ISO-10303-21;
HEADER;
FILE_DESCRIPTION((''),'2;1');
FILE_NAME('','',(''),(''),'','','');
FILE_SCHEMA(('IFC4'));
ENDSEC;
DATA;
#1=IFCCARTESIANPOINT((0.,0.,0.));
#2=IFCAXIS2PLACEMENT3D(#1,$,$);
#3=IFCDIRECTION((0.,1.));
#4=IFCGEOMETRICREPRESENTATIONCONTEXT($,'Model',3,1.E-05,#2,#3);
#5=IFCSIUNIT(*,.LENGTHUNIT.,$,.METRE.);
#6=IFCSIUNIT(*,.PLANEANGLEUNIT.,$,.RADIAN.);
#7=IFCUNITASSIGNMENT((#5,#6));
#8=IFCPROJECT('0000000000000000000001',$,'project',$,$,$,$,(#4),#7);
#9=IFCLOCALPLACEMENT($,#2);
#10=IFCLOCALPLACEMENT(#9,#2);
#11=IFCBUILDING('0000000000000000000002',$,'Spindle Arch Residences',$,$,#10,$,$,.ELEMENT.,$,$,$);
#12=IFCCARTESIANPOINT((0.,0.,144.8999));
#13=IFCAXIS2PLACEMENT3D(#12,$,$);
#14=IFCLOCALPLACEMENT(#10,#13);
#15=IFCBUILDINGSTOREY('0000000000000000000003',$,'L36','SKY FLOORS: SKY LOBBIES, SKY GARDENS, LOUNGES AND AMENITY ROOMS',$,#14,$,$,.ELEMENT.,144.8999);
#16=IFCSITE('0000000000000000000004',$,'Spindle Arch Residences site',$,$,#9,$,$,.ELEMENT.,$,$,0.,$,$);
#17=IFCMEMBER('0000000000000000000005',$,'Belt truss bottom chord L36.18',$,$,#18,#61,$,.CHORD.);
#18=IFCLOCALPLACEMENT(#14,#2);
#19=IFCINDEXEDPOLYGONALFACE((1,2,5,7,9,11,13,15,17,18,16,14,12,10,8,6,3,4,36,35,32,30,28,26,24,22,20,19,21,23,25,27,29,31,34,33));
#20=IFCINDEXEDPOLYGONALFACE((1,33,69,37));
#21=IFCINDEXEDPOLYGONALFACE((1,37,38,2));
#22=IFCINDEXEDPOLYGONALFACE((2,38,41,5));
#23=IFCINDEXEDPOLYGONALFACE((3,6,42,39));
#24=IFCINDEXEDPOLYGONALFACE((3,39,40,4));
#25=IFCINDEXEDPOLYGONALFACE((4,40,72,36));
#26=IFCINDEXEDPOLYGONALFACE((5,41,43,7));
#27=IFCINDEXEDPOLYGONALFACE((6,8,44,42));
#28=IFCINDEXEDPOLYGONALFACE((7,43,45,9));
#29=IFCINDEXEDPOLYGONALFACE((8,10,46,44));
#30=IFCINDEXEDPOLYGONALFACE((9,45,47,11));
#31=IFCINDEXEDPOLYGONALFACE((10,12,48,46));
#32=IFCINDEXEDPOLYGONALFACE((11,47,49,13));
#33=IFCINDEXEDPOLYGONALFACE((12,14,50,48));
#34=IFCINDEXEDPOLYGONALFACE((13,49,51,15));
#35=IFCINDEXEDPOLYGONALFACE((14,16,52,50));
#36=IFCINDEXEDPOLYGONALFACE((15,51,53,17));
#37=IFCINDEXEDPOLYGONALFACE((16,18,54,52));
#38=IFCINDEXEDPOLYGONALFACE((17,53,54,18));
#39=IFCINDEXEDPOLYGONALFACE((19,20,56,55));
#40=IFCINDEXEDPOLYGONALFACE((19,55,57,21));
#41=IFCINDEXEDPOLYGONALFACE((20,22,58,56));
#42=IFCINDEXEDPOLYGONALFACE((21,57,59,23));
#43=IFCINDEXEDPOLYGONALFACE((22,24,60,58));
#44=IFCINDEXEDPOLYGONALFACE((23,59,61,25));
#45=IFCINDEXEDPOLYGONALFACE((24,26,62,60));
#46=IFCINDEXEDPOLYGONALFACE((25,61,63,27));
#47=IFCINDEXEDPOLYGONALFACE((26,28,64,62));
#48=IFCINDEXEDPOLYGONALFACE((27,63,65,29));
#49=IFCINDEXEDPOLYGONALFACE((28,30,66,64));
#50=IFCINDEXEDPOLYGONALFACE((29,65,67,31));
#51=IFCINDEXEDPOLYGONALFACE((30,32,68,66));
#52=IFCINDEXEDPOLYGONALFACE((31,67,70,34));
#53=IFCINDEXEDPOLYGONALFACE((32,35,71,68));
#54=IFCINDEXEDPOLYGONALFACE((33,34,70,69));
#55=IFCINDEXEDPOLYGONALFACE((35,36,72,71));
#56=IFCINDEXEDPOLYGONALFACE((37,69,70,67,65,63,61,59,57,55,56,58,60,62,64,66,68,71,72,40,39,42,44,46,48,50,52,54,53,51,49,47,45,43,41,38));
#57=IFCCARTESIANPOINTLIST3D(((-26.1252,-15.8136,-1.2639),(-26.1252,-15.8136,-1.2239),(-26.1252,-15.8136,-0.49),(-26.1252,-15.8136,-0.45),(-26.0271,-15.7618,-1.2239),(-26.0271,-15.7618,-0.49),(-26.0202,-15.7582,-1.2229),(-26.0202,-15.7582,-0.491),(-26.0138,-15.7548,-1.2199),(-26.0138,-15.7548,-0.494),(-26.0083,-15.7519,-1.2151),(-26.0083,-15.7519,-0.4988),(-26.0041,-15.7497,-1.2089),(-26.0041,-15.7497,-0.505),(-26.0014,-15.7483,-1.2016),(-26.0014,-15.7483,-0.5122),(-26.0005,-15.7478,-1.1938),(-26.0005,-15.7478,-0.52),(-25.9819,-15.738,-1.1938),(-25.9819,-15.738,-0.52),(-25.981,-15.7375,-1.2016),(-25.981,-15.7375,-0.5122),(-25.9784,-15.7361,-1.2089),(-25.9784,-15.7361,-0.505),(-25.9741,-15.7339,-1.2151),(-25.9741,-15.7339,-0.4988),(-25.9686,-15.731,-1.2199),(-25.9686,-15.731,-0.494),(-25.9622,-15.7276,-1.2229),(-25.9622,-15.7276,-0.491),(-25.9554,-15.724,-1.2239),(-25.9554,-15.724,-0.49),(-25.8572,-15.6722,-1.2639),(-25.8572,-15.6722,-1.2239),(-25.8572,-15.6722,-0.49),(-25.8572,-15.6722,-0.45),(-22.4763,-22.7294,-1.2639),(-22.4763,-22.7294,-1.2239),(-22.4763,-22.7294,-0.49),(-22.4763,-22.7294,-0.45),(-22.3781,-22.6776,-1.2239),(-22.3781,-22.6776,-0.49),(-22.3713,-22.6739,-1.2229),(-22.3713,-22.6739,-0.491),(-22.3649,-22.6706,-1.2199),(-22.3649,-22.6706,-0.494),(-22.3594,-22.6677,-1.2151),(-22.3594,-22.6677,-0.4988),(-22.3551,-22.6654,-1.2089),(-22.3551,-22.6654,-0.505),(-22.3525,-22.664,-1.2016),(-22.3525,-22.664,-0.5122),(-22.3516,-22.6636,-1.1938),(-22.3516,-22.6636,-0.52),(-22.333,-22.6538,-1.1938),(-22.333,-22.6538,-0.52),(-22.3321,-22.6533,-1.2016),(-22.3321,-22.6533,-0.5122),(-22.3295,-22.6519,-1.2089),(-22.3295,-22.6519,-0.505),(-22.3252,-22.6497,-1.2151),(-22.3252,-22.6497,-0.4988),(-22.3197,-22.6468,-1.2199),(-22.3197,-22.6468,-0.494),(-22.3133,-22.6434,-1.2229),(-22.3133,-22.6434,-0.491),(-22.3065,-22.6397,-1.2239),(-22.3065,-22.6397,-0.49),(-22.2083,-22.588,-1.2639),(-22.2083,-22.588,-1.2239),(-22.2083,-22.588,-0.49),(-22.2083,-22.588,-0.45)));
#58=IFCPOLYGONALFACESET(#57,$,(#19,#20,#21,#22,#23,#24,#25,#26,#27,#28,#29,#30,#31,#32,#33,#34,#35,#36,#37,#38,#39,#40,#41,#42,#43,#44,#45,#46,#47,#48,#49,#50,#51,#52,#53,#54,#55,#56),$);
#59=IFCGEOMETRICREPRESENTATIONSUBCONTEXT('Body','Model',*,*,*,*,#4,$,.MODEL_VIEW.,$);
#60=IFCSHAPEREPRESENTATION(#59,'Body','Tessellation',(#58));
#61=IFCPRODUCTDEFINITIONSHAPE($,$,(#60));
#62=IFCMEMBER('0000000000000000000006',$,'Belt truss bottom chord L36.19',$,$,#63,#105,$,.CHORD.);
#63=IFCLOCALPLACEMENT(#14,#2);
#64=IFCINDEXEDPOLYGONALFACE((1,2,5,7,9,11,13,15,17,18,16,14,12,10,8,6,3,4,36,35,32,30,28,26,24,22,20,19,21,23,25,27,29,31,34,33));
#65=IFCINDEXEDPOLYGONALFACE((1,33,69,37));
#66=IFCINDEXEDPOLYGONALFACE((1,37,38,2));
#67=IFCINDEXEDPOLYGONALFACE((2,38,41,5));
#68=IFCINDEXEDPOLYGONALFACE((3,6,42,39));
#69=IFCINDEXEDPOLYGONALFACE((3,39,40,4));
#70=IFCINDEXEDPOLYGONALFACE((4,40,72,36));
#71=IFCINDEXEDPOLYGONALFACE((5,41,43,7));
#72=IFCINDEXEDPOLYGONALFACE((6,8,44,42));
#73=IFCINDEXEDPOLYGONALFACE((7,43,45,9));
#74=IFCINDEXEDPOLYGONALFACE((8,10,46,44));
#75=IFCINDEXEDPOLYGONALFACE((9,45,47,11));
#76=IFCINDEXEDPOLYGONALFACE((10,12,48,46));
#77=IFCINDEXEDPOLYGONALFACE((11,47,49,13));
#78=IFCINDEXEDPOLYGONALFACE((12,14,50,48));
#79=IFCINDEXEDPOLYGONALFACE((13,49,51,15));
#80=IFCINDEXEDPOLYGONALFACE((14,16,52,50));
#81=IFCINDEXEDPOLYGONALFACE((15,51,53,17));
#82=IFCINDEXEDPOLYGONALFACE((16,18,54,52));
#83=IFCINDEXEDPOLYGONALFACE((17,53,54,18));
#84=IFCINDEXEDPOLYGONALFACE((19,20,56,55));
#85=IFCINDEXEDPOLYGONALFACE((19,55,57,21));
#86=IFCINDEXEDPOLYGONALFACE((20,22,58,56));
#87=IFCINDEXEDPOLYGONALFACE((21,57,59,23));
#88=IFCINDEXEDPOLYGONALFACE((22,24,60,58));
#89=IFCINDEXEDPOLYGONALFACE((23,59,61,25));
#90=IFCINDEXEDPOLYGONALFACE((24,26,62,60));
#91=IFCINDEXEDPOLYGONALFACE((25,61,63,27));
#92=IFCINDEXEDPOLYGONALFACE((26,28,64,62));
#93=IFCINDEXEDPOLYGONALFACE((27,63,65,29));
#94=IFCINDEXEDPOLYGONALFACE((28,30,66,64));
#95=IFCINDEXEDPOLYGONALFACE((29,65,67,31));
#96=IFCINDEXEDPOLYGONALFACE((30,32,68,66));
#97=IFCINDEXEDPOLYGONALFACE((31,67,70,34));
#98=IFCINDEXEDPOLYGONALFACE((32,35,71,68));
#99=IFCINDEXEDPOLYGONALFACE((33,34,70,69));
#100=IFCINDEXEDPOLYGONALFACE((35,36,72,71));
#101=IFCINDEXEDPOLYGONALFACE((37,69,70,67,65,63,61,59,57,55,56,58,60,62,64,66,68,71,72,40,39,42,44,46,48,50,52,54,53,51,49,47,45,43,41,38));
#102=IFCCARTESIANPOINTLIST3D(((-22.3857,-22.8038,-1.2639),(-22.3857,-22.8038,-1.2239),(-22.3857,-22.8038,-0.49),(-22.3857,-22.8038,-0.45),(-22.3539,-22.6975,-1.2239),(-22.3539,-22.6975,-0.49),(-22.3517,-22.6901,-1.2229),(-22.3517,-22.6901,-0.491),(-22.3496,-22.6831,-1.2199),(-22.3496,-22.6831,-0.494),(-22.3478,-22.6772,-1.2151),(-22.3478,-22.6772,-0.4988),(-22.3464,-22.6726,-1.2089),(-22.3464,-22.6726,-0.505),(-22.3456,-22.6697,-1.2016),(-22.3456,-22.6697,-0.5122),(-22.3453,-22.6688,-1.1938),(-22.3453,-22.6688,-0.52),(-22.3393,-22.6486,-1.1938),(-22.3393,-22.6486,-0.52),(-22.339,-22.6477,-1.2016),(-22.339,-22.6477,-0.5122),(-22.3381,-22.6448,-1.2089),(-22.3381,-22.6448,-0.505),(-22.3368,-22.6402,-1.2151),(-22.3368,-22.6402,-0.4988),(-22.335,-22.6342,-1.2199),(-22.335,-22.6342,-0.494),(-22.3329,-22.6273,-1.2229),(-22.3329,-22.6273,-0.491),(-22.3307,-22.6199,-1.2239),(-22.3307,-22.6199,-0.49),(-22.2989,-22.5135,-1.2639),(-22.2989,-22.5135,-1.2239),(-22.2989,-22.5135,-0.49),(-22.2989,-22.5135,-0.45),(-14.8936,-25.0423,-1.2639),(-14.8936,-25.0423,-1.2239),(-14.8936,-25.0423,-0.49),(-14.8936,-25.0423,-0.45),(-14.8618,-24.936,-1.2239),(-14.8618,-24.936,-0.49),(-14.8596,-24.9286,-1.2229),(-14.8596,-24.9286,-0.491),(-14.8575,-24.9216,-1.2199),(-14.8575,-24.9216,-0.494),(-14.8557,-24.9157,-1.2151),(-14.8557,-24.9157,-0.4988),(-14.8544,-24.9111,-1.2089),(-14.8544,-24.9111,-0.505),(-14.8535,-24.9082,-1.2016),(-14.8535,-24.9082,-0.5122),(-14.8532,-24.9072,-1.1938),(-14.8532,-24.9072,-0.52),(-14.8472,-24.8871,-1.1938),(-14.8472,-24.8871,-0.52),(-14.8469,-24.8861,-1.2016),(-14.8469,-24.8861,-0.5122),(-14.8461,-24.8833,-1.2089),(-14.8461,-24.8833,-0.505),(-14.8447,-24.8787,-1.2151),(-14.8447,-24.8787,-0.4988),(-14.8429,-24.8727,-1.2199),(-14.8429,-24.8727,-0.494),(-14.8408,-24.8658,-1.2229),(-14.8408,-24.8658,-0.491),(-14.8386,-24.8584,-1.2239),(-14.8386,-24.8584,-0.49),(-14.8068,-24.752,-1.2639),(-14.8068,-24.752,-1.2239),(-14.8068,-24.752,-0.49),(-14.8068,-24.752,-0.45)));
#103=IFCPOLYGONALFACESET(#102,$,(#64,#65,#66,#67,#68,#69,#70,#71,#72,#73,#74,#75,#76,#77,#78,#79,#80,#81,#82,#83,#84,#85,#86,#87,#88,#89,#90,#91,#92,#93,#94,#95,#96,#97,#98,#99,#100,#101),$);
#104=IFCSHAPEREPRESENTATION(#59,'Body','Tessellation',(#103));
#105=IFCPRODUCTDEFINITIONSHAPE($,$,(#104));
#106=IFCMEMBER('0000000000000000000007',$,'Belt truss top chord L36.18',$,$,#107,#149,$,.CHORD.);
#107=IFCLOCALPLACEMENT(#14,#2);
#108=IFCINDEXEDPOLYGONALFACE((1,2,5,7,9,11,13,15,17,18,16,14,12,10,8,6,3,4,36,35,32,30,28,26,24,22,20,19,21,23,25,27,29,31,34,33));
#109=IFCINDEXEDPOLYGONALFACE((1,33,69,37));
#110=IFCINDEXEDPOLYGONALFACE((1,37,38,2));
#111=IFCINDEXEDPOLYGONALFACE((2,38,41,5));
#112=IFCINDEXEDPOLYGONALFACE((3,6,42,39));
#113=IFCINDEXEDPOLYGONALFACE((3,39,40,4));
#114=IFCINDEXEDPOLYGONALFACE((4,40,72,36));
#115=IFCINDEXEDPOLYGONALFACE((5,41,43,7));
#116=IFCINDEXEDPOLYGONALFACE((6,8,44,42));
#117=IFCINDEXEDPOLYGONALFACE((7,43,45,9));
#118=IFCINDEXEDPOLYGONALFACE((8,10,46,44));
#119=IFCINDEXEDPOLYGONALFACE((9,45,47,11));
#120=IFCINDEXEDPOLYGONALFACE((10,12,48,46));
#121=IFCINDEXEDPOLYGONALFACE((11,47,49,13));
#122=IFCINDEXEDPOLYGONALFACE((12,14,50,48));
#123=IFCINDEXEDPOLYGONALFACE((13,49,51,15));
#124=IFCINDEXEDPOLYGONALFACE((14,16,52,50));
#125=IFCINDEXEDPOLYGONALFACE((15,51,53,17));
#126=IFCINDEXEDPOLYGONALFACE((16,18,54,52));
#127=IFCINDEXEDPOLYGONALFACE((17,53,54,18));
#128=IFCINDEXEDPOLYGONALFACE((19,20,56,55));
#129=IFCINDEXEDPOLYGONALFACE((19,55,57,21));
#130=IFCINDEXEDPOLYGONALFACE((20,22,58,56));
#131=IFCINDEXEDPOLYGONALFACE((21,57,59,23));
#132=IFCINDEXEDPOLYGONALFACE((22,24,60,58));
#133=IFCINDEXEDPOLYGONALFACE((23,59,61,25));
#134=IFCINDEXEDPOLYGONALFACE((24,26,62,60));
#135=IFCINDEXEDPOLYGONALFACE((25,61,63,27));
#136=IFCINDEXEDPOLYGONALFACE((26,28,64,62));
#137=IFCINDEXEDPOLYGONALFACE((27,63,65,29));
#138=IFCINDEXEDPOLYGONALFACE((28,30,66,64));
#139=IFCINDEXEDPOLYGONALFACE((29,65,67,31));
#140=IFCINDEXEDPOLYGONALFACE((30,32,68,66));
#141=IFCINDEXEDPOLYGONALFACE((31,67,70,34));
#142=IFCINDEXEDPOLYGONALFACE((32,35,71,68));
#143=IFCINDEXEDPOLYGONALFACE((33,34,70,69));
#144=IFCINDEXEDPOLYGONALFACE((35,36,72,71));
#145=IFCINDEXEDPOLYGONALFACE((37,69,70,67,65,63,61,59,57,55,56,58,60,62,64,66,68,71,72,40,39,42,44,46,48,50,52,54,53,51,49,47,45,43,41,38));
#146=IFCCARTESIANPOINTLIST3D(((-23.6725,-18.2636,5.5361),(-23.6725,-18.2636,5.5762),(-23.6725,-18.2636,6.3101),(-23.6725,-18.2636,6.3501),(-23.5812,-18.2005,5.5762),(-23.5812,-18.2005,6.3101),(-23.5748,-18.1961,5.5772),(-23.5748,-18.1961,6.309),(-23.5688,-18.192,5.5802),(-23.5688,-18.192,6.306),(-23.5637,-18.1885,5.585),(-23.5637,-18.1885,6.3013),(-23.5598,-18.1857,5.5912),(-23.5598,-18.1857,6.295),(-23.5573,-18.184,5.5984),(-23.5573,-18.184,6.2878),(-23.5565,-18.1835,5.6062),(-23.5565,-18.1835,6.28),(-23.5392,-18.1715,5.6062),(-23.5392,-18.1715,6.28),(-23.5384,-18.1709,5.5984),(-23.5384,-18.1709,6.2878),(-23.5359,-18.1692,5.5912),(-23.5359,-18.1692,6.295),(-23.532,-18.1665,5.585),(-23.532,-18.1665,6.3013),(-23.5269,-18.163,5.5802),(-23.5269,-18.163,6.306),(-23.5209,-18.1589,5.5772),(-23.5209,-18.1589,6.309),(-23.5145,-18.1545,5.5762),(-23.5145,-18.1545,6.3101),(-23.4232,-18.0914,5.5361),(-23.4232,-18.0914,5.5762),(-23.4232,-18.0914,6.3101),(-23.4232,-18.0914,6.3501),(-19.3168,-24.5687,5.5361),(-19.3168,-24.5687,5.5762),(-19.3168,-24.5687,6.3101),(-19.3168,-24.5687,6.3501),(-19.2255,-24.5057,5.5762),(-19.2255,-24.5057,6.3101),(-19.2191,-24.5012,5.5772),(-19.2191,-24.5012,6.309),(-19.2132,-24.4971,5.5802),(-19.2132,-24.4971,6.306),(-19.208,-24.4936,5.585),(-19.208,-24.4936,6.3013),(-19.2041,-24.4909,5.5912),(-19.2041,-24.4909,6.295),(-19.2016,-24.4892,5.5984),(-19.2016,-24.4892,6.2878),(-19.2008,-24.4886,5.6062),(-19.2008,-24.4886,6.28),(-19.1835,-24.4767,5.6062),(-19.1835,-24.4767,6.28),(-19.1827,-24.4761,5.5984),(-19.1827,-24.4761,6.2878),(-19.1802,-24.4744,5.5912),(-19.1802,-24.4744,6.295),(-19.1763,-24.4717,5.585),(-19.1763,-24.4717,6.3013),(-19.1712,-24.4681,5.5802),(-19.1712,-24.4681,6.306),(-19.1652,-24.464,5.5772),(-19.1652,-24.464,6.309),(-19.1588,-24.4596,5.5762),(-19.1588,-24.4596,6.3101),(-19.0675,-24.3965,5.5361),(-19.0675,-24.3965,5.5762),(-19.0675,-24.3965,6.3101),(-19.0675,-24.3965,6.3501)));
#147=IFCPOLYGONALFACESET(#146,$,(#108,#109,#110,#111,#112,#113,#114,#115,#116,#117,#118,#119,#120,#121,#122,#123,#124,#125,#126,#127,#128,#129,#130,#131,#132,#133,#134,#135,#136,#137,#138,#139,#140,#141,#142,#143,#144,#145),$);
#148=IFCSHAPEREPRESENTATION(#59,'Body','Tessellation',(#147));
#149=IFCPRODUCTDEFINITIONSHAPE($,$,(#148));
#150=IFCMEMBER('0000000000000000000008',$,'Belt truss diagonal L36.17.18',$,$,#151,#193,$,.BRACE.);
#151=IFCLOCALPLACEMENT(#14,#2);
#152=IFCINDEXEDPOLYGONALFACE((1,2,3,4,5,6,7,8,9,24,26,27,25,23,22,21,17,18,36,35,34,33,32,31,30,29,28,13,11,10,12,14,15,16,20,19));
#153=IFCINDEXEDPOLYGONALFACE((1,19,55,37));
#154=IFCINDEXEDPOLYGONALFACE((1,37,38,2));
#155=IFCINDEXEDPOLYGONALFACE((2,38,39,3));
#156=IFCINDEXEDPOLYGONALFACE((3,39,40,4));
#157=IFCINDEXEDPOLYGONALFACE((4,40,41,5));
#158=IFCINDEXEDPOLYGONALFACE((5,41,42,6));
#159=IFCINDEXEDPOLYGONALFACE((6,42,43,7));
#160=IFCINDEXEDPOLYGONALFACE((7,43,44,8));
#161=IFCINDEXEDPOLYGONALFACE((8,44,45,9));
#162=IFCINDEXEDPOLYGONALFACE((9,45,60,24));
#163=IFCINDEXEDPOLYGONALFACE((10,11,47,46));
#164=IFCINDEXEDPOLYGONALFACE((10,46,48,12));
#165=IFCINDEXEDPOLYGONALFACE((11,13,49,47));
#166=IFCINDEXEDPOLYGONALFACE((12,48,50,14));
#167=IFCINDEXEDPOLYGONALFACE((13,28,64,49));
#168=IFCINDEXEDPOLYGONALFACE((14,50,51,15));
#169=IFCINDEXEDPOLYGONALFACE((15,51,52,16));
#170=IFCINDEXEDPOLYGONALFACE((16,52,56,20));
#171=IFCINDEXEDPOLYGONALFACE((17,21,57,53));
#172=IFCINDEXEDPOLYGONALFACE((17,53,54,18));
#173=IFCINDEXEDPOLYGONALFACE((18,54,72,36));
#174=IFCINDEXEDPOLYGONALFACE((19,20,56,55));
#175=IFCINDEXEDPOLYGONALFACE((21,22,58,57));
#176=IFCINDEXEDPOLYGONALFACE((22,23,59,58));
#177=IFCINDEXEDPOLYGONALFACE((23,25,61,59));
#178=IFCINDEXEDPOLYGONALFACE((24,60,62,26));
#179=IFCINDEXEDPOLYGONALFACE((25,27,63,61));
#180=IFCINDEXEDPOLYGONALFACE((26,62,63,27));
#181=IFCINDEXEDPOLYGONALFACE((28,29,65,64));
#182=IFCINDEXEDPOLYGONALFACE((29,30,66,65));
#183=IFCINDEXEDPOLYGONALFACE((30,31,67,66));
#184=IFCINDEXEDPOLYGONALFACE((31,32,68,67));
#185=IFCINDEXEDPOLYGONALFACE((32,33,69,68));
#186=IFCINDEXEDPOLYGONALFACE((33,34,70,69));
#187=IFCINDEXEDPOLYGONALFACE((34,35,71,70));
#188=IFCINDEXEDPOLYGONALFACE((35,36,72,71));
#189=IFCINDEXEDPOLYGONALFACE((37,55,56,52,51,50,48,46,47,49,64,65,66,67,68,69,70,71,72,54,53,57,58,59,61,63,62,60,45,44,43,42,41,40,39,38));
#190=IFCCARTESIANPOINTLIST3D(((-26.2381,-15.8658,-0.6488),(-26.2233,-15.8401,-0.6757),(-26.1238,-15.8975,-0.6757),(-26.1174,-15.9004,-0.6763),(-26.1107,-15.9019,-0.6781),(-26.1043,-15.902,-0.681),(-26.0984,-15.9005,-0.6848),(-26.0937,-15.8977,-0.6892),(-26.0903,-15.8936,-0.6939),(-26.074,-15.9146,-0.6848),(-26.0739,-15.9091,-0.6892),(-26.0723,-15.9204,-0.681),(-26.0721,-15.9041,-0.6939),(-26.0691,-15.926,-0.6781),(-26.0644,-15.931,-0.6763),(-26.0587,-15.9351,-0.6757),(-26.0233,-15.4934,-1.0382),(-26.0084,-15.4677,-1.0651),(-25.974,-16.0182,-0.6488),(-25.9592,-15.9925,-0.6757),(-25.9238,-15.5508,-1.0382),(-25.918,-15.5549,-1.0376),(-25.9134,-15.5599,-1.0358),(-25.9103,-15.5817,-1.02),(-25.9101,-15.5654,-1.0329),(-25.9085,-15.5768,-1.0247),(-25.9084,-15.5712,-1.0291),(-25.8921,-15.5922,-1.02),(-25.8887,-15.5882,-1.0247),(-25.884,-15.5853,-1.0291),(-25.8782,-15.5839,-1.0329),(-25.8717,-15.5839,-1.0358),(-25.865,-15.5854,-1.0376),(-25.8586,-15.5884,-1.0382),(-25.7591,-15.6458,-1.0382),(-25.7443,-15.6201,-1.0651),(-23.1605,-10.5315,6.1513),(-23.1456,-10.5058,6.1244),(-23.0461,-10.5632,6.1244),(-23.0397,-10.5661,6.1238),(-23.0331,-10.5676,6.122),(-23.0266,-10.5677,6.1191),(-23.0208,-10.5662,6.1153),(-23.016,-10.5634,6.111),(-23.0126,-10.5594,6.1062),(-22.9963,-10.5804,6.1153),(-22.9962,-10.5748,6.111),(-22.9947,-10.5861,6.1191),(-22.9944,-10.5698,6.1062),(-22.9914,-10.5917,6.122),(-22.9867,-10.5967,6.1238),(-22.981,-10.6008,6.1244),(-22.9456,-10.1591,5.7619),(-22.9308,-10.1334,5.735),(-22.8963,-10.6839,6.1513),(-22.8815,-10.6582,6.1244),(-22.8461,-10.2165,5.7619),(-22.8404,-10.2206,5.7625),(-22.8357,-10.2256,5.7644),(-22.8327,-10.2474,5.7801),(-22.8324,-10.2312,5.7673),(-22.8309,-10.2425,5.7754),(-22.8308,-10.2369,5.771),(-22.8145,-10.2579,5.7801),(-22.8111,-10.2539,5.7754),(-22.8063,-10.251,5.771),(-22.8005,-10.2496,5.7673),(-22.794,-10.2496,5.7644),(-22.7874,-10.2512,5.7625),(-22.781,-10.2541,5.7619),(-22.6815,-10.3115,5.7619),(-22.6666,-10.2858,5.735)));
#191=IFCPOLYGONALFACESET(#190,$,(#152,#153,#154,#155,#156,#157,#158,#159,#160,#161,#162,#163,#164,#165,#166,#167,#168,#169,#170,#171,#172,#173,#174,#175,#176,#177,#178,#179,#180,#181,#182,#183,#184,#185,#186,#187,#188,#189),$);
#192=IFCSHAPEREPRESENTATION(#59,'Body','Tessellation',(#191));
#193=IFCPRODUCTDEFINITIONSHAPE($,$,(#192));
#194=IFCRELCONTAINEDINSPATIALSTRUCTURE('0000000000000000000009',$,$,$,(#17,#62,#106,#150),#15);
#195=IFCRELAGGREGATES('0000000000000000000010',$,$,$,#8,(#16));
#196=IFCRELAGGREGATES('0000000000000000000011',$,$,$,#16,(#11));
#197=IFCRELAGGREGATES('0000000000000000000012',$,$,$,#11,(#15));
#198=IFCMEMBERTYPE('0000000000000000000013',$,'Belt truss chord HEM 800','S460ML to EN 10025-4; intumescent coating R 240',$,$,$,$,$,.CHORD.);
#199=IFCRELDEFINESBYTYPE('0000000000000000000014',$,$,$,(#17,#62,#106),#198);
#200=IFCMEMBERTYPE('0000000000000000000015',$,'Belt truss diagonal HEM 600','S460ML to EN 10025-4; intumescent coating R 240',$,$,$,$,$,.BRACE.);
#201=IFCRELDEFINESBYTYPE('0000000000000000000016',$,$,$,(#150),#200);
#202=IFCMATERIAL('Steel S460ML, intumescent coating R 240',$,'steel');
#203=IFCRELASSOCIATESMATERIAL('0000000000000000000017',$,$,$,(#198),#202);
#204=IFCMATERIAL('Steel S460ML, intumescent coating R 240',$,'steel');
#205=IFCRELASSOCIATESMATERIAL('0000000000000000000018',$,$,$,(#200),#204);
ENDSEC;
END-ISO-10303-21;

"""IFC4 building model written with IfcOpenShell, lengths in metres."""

from ifc_helpers import new_model, si_unit, direction, frame, origin, origin_2d, place, context, subcontext, project, spatial, i_section, extrude, material, material_profile, profile_set, type_object, element, save


model = new_model("IFC4")

# Units and contexts
model_context = context("Model", 3, precision=1e-05, world=origin(), true_north=direction((0.0, 1.0)))
body_context = subcontext(model_context, "Body", "Model", "MODEL_VIEW")
ifc_project = project(units=[si_unit("LENGTHUNIT", "METRE"), si_unit("PLANEANGLEUNIT", "RADIAN")], contexts=[model_context])

# Site, building, storey
site_placement = place(None, origin())
site = spatial("IfcSite", under=ifc_project, at=site_placement, Name="Spindle Arch Residences site", CompositionType="ELEMENT", RefElevation=0.0)
building_placement = place(site_placement, origin())
building = spatial("IfcBuilding", under=site, at=building_placement, Name="Spindle Arch Residences", CompositionType="ELEMENT")
storey_placement = place(building_placement, frame((0.0, 0.0, 144.8999)))
storey = spatial("IfcBuildingStorey", under=building, at=storey_placement, Name="L36", Description="SKY FLOORS: SKY LOBBIES, SKY GARDENS, LOUNGES AND AMENITY ROOMS", CompositionType="ELEMENT", Elevation=144.8999)

# Members
ifc_material_1 = material(Name="Steel S460ML, intumescent coating R 240", Category="steel")
ifc_material_profile_1 = material_profile(ifc_material_1, i_section(OverallWidth=0.303, OverallDepth=0.814, WebThickness=0.021, FlangeThickness=0.04, FilletRadius=0.03, at=origin_2d()), Name="HEM 800")
ifc_profile_set_1 = profile_set([ifc_material_profile_1], Name="Steel S460ML, intumescent coating R 240")
member_type_1 = type_object("IfcMemberType", Name="Belt truss chord HEM 800", Description="S460ML to EN 10025-4; intumescent coating R 240", PredefinedType="CHORD", material=ifc_profile_set_1)
for number, where, z_axis, x_axis, name in (
    (1, (-25.9912, -15.7429, -0.8569), (0.466652, -0.884441, 0.0), (0.884441, 0.466652, 0.0), "Belt truss bottom chord L36.18"),
    (2, (-22.3423, -22.6587, -0.8569), (0.958147, -0.286276, 0.0), (0.286276, 0.958147, 0.0), "Belt truss bottom chord L36.19"),
):
    element("IfcMember", number, at=place(storey_placement, frame(where, z_axis=z_axis, x_axis=x_axis)), inside=storey, type_object=member_type_1, Name=name, PredefinedType="CHORD", context=body_context, shape_type="SweptSolid", body=[
        extrude(i_section(OverallWidth=0.303, OverallDepth=0.814, WebThickness=0.021, FlangeThickness=0.04, FilletRadius=0.03, at=origin_2d()), origin(), (0.0, 0.0, 1.0), 7.8193),
    ])
member_1_placement = place(storey_placement, frame((-23.5479, -18.1775, 5.9431), z_axis=(0.56838, -0.822766, 0.0), x_axis=(0.822766, 0.56838, 0.0)))
element("IfcMember", 3, at=member_1_placement, inside=storey, type_object=member_type_1, Name="Belt truss top chord L36.18", PredefinedType="CHORD", context=body_context, shape_type="SweptSolid", body=[
    extrude(i_section(OverallWidth=0.303, OverallDepth=0.814, WebThickness=0.021, FlangeThickness=0.04, FilletRadius=0.03, at=origin_2d()), origin(), (0.0, 0.0, 1.0), 7.6633),
])
ifc_material_2 = material(Name="Steel S460ML, intumescent coating R 240", Category="steel")
ifc_material_profile_2 = material_profile(ifc_material_2, i_section(OverallWidth=0.3049, OverallDepth=0.6201, WebThickness=0.021, FlangeThickness=0.04, FilletRadius=0.0271, at=origin_2d()), Name="HEM 600")
ifc_profile_set_2 = profile_set([ifc_material_profile_2], Name="Steel S460ML, intumescent coating R 240")
member_type_2 = type_object("IfcMemberType", Name="Belt truss diagonal HEM 600", Description="S460ML to EN 10025-4; intumescent coating R 240", PredefinedType="BRACE", material=ifc_profile_set_2)
member_2_placement = place(storey_placement, frame((-25.9912, -15.7429, -0.8569), z_axis=(0.335465, 0.581436, 0.741212), x_axis=(-0.866172, 0.499746, 0.0)))
element("IfcMember", 4, at=member_2_placement, inside=storey, type_object=member_type_2, Name="Belt truss diagonal L36.17.18", PredefinedType="BRACE", context=body_context, shape_type="SweptSolid", body=[
    extrude(i_section(OverallWidth=0.3049, OverallDepth=0.6201, WebThickness=0.021, FlangeThickness=0.04, FilletRadius=0.0271, at=origin_2d()), origin(), (0.0, 0.0, 1.0), 9.1743),
])

save(model, "model.ifc")
